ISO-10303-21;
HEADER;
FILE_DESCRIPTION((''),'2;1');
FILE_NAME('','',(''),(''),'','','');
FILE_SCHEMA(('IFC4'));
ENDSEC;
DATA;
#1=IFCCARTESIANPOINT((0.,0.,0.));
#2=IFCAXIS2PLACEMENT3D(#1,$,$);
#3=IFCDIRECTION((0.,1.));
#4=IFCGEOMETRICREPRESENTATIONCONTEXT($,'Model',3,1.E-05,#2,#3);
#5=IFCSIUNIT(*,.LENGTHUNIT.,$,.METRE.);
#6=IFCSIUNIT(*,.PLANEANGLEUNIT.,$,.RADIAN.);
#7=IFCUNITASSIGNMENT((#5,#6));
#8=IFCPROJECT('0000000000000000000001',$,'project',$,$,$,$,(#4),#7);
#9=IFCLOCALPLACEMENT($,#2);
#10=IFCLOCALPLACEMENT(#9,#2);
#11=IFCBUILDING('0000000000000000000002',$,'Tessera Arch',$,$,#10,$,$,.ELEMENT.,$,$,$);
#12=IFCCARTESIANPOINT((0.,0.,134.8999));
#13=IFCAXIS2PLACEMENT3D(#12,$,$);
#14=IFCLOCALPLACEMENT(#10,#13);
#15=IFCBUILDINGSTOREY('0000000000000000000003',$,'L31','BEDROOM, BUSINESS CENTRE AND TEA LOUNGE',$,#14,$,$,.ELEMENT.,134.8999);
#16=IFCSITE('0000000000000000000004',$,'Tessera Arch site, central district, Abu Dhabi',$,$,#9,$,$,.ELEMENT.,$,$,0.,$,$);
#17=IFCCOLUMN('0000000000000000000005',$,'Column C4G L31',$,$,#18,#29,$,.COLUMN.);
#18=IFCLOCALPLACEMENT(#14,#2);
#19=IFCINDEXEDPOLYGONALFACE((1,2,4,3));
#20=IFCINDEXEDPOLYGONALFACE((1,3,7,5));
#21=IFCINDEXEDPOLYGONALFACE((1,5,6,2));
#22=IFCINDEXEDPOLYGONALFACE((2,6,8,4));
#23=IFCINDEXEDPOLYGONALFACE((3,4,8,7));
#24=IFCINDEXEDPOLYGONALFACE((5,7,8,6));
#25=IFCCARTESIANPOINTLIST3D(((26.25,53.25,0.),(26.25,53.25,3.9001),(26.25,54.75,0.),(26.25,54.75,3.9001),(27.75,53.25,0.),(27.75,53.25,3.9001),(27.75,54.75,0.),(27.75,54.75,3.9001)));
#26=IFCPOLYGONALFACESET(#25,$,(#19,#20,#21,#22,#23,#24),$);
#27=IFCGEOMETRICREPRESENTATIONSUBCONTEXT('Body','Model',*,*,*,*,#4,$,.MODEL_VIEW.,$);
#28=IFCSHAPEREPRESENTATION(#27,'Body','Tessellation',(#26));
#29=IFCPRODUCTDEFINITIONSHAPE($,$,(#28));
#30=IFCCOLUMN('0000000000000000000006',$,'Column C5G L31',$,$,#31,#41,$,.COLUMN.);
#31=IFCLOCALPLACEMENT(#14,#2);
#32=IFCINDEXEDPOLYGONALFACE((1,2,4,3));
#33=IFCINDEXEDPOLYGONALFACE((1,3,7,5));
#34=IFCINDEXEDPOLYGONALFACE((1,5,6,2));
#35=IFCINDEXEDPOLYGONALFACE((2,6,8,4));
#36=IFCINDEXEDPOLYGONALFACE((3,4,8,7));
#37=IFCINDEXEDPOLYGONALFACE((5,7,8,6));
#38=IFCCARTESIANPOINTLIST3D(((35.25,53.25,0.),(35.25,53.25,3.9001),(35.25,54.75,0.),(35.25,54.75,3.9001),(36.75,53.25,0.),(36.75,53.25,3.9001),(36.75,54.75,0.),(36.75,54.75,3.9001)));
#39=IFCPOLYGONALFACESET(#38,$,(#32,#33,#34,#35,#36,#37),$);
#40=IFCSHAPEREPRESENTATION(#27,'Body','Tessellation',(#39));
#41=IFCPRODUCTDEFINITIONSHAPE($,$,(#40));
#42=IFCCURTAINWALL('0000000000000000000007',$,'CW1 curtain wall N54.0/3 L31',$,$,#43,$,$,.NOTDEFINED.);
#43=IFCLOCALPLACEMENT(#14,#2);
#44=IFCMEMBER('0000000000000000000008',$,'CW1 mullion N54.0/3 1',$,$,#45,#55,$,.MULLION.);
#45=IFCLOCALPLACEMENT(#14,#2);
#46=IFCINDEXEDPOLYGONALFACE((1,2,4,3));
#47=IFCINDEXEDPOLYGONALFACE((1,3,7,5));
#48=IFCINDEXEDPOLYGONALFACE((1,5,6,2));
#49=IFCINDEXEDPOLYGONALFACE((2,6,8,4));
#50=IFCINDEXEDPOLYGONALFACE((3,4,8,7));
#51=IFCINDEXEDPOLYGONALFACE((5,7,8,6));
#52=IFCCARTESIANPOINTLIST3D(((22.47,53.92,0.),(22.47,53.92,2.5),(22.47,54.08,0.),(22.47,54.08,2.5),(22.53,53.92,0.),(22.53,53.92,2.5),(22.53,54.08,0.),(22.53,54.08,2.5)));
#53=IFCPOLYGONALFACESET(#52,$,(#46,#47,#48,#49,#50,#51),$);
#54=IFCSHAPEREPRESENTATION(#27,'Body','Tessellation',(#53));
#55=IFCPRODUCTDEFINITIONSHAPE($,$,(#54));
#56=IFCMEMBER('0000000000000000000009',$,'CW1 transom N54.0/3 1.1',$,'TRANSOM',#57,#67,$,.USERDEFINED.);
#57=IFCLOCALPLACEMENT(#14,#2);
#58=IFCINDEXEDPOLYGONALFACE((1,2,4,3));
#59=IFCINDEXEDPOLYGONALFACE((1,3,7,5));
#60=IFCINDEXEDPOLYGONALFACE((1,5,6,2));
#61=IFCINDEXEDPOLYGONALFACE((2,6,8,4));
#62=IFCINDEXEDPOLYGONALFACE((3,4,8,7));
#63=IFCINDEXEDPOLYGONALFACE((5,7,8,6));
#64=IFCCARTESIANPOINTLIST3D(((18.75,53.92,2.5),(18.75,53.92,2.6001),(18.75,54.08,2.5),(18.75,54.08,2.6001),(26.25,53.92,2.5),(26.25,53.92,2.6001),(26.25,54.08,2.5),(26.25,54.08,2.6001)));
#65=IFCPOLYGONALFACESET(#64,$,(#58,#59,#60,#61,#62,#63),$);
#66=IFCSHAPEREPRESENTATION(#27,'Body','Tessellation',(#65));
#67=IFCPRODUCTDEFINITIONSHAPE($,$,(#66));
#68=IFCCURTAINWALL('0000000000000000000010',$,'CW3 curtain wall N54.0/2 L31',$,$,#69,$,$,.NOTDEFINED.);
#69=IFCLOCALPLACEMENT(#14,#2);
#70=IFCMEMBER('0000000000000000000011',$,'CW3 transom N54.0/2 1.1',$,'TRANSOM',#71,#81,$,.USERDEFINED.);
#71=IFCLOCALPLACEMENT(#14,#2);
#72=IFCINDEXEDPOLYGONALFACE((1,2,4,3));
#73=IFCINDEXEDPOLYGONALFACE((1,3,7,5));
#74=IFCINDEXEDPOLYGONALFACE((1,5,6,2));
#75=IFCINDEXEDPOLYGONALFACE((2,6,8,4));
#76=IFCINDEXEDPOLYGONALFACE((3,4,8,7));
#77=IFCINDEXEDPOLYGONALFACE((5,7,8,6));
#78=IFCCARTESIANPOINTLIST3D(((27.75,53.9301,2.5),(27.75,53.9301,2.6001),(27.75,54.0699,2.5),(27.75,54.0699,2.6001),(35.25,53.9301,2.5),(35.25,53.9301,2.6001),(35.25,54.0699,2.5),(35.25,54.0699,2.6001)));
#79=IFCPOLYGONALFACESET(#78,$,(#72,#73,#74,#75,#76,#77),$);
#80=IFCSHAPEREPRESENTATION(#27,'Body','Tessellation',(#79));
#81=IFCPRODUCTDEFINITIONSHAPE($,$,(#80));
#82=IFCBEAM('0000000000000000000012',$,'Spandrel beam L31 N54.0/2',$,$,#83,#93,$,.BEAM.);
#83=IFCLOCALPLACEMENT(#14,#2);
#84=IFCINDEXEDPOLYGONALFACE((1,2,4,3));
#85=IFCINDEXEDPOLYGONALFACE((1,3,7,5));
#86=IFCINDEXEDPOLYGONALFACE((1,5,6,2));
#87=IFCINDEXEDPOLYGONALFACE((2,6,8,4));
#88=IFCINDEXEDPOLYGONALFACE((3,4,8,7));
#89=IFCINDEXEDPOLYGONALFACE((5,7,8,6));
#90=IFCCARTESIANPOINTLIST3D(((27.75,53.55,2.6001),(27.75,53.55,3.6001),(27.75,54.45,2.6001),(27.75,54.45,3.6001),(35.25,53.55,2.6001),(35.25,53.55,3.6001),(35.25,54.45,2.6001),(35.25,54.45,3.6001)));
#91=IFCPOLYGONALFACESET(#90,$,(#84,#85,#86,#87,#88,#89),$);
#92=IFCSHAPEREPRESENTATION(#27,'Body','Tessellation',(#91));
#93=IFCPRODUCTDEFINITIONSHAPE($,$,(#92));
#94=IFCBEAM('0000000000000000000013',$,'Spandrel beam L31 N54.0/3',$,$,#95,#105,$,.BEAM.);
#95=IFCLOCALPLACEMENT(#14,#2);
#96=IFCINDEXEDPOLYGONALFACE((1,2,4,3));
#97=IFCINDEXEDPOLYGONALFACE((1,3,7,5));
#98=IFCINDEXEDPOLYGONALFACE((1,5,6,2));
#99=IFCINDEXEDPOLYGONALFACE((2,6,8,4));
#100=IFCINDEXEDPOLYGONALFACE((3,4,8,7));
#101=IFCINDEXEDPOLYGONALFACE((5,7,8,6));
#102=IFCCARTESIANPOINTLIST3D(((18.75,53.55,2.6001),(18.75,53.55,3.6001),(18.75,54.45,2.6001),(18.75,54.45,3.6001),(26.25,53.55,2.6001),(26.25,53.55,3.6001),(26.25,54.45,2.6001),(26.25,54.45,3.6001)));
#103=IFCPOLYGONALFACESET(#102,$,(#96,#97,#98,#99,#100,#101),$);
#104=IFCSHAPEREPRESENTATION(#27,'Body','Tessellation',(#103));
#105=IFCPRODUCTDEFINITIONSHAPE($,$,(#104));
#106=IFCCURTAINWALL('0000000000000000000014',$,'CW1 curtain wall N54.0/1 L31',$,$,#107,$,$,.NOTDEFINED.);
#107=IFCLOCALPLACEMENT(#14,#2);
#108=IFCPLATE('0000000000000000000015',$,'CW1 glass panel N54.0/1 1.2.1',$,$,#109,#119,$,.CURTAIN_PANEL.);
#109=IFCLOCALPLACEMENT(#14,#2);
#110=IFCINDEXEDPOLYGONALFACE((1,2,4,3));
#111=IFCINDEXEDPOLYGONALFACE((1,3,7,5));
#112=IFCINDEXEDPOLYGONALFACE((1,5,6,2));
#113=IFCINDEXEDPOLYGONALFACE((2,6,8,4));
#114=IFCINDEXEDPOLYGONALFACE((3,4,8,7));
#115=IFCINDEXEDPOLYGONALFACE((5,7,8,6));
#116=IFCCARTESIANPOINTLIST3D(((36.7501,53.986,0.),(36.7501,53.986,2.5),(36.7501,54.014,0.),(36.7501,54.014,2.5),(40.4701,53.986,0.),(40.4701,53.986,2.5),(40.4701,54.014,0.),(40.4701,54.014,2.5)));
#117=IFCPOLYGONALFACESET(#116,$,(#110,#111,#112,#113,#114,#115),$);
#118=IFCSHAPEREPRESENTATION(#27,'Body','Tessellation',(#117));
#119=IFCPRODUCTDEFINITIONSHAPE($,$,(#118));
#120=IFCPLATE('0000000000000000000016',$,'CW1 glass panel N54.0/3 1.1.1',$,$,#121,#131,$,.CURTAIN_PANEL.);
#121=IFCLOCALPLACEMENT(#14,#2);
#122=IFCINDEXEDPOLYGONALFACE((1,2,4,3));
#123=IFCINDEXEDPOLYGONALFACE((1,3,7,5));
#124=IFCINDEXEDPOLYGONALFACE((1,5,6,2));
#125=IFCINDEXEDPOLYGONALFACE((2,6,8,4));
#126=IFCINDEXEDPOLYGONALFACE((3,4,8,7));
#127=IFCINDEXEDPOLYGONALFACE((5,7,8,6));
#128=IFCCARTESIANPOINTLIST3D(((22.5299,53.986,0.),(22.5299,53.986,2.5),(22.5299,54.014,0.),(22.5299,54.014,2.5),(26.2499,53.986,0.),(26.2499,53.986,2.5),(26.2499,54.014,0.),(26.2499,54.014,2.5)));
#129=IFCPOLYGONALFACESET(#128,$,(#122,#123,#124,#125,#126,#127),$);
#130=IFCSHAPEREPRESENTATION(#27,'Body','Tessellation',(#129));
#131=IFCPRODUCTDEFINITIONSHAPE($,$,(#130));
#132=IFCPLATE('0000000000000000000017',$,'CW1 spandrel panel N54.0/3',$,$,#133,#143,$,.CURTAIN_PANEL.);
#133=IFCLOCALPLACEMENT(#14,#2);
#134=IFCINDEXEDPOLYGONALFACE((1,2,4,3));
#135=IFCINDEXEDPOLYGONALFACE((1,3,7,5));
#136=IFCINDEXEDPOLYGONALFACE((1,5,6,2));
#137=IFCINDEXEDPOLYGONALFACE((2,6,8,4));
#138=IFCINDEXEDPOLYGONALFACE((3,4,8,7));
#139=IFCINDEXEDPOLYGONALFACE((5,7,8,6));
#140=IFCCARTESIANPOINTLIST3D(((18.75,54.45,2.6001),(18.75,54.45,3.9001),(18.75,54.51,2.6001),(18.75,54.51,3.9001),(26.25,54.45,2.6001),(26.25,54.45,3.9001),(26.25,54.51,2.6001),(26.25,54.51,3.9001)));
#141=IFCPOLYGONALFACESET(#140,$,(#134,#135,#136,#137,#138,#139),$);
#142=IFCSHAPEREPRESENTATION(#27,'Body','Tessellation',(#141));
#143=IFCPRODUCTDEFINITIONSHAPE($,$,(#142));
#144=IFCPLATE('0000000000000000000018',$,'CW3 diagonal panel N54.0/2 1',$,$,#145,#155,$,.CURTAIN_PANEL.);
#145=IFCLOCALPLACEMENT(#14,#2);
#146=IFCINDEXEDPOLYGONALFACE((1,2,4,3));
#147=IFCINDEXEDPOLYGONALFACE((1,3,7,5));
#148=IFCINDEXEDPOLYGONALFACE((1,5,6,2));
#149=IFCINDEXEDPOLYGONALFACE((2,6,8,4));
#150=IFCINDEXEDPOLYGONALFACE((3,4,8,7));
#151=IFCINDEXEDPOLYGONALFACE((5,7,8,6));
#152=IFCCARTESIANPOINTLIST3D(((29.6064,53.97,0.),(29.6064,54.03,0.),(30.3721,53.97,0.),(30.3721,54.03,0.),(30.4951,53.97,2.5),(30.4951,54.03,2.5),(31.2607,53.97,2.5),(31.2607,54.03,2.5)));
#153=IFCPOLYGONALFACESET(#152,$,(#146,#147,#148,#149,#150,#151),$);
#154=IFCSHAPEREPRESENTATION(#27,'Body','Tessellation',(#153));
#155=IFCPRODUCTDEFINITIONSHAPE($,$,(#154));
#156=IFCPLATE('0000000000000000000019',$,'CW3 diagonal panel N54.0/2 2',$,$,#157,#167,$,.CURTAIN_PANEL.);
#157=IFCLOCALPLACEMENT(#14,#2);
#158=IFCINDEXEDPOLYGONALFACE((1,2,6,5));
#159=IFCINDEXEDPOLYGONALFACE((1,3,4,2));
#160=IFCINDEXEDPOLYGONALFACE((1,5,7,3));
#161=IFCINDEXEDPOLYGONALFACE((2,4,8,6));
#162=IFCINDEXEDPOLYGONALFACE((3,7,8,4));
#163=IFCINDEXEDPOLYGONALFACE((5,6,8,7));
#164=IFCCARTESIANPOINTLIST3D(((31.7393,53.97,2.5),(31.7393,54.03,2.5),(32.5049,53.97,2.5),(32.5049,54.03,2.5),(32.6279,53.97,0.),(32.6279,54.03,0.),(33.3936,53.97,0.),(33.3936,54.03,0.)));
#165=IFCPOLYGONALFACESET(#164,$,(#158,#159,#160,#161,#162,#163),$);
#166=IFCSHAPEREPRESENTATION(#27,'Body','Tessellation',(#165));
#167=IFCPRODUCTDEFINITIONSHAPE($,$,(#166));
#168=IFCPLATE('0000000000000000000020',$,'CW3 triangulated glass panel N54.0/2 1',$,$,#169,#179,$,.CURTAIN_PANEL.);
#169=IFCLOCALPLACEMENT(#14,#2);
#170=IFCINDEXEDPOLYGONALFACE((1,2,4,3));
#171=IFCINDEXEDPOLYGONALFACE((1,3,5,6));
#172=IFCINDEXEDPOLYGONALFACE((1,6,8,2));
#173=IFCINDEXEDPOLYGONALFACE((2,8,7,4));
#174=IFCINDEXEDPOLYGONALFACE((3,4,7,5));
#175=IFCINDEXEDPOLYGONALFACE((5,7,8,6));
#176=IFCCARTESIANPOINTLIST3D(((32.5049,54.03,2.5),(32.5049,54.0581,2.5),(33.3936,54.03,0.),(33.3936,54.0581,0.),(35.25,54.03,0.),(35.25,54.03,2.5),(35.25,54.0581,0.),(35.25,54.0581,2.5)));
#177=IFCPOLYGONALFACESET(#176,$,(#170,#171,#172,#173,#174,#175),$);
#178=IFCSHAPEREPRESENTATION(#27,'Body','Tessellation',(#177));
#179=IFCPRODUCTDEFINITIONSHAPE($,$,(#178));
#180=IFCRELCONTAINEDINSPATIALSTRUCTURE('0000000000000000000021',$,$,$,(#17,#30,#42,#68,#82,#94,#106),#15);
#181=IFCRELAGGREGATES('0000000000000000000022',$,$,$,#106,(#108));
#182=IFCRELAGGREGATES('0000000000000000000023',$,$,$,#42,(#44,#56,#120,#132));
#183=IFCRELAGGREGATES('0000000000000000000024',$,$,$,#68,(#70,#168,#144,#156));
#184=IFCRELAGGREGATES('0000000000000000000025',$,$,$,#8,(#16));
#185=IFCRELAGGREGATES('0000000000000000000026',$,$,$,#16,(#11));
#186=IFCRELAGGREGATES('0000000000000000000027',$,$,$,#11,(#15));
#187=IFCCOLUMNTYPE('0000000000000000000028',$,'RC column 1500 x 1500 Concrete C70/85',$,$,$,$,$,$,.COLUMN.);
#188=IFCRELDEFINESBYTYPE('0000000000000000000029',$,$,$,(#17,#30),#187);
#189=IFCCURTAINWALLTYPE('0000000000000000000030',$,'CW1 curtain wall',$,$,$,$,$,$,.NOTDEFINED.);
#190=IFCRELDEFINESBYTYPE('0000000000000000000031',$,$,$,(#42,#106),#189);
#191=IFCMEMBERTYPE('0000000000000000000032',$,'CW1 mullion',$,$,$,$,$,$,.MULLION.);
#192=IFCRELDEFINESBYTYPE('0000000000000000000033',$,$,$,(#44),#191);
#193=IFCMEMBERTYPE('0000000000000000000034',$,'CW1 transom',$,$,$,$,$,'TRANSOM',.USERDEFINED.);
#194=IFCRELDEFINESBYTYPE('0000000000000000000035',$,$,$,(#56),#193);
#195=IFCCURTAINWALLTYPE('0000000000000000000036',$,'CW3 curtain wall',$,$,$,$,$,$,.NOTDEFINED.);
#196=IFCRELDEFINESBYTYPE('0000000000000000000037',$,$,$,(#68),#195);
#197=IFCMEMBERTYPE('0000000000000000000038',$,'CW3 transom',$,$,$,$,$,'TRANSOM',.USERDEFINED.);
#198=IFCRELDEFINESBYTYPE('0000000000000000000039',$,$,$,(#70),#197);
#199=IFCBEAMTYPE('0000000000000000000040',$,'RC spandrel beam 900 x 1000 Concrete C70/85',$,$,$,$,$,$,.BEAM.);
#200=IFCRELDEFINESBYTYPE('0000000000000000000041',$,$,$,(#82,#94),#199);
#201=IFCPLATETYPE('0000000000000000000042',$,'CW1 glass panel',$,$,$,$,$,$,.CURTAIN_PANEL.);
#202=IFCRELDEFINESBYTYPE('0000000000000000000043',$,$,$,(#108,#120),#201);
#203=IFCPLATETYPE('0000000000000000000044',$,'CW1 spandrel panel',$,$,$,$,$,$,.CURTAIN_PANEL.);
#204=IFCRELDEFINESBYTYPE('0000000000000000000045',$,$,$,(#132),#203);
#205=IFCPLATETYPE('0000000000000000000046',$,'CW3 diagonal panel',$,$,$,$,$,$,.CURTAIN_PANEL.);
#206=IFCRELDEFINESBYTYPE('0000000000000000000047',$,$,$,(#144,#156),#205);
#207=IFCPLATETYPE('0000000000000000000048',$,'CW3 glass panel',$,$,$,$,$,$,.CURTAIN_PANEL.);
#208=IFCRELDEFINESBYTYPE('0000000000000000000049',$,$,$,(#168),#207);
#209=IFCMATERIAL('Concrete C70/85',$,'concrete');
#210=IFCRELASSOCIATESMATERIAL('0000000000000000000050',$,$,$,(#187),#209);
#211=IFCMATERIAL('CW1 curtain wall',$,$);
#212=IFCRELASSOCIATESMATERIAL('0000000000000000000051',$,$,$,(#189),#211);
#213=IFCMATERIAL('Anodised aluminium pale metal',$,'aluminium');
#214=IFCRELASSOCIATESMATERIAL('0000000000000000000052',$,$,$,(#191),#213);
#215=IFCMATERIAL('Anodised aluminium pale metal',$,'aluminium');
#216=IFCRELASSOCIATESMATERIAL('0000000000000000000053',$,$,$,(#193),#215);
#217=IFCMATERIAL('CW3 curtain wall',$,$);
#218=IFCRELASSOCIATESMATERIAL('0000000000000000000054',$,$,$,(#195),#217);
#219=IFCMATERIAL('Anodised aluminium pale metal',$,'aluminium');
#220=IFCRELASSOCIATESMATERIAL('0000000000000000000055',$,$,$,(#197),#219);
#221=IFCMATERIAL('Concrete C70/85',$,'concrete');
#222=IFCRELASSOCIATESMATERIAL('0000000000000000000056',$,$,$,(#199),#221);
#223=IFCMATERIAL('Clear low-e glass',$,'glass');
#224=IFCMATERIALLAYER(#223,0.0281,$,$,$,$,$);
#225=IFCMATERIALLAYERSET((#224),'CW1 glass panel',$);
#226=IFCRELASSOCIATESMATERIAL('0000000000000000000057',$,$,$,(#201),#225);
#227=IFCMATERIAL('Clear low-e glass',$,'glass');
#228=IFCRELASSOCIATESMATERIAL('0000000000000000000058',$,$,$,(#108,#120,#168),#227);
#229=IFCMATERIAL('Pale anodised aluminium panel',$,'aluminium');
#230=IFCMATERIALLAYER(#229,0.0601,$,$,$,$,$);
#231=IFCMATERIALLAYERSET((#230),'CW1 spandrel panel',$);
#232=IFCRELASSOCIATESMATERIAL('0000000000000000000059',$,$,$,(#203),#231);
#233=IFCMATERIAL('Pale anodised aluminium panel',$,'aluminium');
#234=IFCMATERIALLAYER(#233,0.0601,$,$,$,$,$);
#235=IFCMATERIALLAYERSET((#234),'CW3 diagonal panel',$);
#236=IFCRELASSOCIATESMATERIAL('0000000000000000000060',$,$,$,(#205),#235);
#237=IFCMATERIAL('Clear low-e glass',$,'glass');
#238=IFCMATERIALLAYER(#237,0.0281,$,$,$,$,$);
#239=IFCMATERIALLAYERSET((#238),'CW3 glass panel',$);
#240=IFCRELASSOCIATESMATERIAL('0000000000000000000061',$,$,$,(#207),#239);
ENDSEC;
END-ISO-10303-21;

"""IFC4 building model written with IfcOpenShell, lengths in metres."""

from ifc_helpers import new_model, si_unit, direction, frame, origin, origin_2d, place, context, subcontext, project, spatial, polyline, rectangle, outline, extrude, material, layer, layer_set, material_profile, profile_set, type_object, element, aggregate, save


model = new_model("IFC4")

# Units and contexts
model_context = context("Model", 3, precision=1e-05, world=origin(), true_north=direction((0.0, 1.0)))
body_context = subcontext(model_context, "Body", "Model", "MODEL_VIEW")
ifc_project = project(units=[si_unit("LENGTHUNIT", "METRE"), si_unit("PLANEANGLEUNIT", "RADIAN")], contexts=[model_context])

# Site, building, storey
site_placement = place(None, origin())
site = spatial("IfcSite", under=ifc_project, at=site_placement, Name="Tessera Arch site, central district, Abu Dhabi", CompositionType="ELEMENT", RefElevation=0.0)
building_placement = place(site_placement, origin())
building = spatial("IfcBuilding", under=site, at=building_placement, Name="Tessera Arch", CompositionType="ELEMENT")
storey_placement = place(building_placement, frame((0.0, 0.0, 134.8999)))
storey = spatial("IfcBuildingStorey", under=building, at=storey_placement, Name="L31", Description="BEDROOM, BUSINESS CENTRE AND TEA LOUNGE", CompositionType="ELEMENT", Elevation=134.8999)

# Columns
ifc_material_1 = material(Name="Concrete C70/85", Category="concrete")
ifc_material_profile_1 = material_profile(ifc_material_1, rectangle(XDim=1.5, YDim=1.5, at=origin_2d()), Name="RC column 1500 x 1500 Concrete C70/85")
ifc_profile_set_1 = profile_set([ifc_material_profile_1], Name="Concrete C70/85")
column_type = type_object("IfcColumnType", Name="RC column 1500 x 1500 Concrete C70/85", PredefinedType="COLUMN", material=ifc_profile_set_1)
for number, where, z_axis, x_axis, name in (
    (1, (27.0, 54.0, 0.0), (0.0, 0.0, 1.0), (1.0, 0.0, 0.0), "Column C4G L31"),
    (2, (36.0, 54.0, 0.0), (0.0, 0.0, 1.0), (1.0, 0.0, 0.0), "Column C5G L31"),
):
    element("IfcColumn", number, at=place(storey_placement, frame(where, z_axis=z_axis, x_axis=x_axis)), inside=storey, type_object=column_type, Name=name, PredefinedType="COLUMN", context=body_context, shape_type="SweptSolid", body=[
        extrude(rectangle(XDim=1.5, YDim=1.5, at=origin_2d()), origin(), (0.0, 0.0, 1.0), 3.9001),
    ])

# Curtain wall, members
ifc_material_2 = material(Name="CW1 curtain wall")
curtain_wall_type_1 = type_object("IfcCurtainWallType", Name="CW1 curtain wall", PredefinedType="NOTDEFINED", material=ifc_material_2)
curtain_wall_1_placement = place(storey_placement, origin())
curtain_wall_1 = element("IfcCurtainWall", 3, at=curtain_wall_1_placement, inside=storey, type_object=curtain_wall_type_1, Name="CW1 curtain wall N54.0/3 L31", PredefinedType="NOTDEFINED")
ifc_material_3 = material(Name="Anodised aluminium pale metal", Category="aluminium")
ifc_material_profile_2 = material_profile(ifc_material_3, rectangle(XDim=0.1599, YDim=0.0601, at=origin_2d()), Name="AL 60x160")
ifc_profile_set_2 = profile_set([ifc_material_profile_2], Name="Anodised aluminium pale metal")
member_type_1 = type_object("IfcMemberType", Name="CW1 mullion", PredefinedType="MULLION", material=ifc_profile_set_2)
member_1_placement = place(storey_placement, frame((22.5, 54.0, 0.0), z_axis=(0.0, 0.0, 1.0), x_axis=(0.0, -1.0, 0.0)))
member_1 = element("IfcMember", 4, at=member_1_placement, type_object=member_type_1, Name="CW1 mullion N54.0/3 1", PredefinedType="MULLION", context=body_context, shape_type="SweptSolid", body=[
    extrude(rectangle(XDim=0.1599, YDim=0.0601, at=origin_2d()), origin(), (0.0, 0.0, 1.0), 2.5),
])
ifc_material_4 = material(Name="Anodised aluminium pale metal", Category="aluminium")
ifc_material_profile_3 = material_profile(ifc_material_4, rectangle(XDim=0.1599, YDim=0.1001, at=origin_2d()), Name="AL 160x100")
ifc_profile_set_3 = profile_set([ifc_material_profile_3], Name="Anodised aluminium pale metal")
member_type_2 = type_object("IfcMemberType", Name="CW1 transom", ElementType="TRANSOM", PredefinedType="USERDEFINED", material=ifc_profile_set_3)
member_2_placement = place(storey_placement, frame((26.25, 54.0, 2.55), z_axis=(-1.0, 0.0, 0.0), x_axis=(0.0, -1.0, 0.0)))
member_2 = element("IfcMember", 5, at=member_2_placement, type_object=member_type_2, Name="CW1 transom N54.0/3 1.1", ObjectType="TRANSOM", PredefinedType="USERDEFINED", context=body_context, shape_type="SweptSolid", body=[
    extrude(rectangle(XDim=0.1599, YDim=0.1001, at=origin_2d()), origin(), (0.0, 0.0, 1.0), 7.5),
])

# Curtain wall, member
ifc_material_5 = material(Name="CW3 curtain wall")
curtain_wall_type_2 = type_object("IfcCurtainWallType", Name="CW3 curtain wall", PredefinedType="NOTDEFINED", material=ifc_material_5)
curtain_wall_2_placement = place(storey_placement, origin())
curtain_wall_2 = element("IfcCurtainWall", 6, at=curtain_wall_2_placement, inside=storey, type_object=curtain_wall_type_2, Name="CW3 curtain wall N54.0/2 L31", PredefinedType="NOTDEFINED")
ifc_material_6 = material(Name="Anodised aluminium pale metal", Category="aluminium")
ifc_material_profile_4 = material_profile(ifc_material_6, rectangle(XDim=0.1399, YDim=0.1001, at=origin_2d()), Name="AL 140x100")
ifc_profile_set_4 = profile_set([ifc_material_profile_4], Name="Anodised aluminium pale metal")
member_type_3 = type_object("IfcMemberType", Name="CW3 transom", ElementType="TRANSOM", PredefinedType="USERDEFINED", material=ifc_profile_set_4)
member_3_placement = place(storey_placement, frame((35.25, 54.0, 2.55), z_axis=(-1.0, 0.0, 0.0), x_axis=(0.0, -1.0, 0.0)))
member_3 = element("IfcMember", 7, at=member_3_placement, type_object=member_type_3, Name="CW3 transom N54.0/2 1.1", ObjectType="TRANSOM", PredefinedType="USERDEFINED", context=body_context, shape_type="SweptSolid", body=[
    extrude(rectangle(XDim=0.1399, YDim=0.1001, at=origin_2d()), origin(), (0.0, 0.0, 1.0), 7.5),
])

# Beams
ifc_material_7 = material(Name="Concrete C70/85", Category="concrete")
ifc_material_profile_5 = material_profile(ifc_material_7, rectangle(XDim=0.8999, YDim=1.0, at=origin_2d()), Name="RC spandrel beam 900 x 1000 Concrete C70/85")
ifc_profile_set_5 = profile_set([ifc_material_profile_5], Name="Concrete C70/85")
beam_type = type_object("IfcBeamType", Name="RC spandrel beam 900 x 1000 Concrete C70/85", PredefinedType="BEAM", material=ifc_profile_set_5)
for number, where, z_axis, x_axis, name in (
    (8, (35.25, 54.0, 3.1001), (-1.0, 0.0, 0.0), (0.0, -1.0, 0.0), "Spandrel beam L31 N54.0/2"),
    (9, (26.25, 54.0, 3.1001), (-1.0, 0.0, 0.0), (0.0, -1.0, 0.0), "Spandrel beam L31 N54.0/3"),
):
    element("IfcBeam", number, at=place(storey_placement, frame(where, z_axis=z_axis, x_axis=x_axis)), inside=storey, type_object=beam_type, Name=name, PredefinedType="BEAM", context=body_context, shape_type="SweptSolid", body=[
        extrude(rectangle(XDim=0.8999, YDim=1.0, at=origin_2d()), origin(), (0.0, 0.0, 1.0), 7.5),
    ])

# Curtain wall, plate
curtain_wall_3_placement = place(storey_placement, origin())
curtain_wall_3 = element("IfcCurtainWall", 10, at=curtain_wall_3_placement, inside=storey, type_object=curtain_wall_type_1, Name="CW1 curtain wall N54.0/1 L31", PredefinedType="NOTDEFINED")
ifc_material_8 = material(Name="Clear low-e glass", Category="glass")
ifc_material_9 = material(Name="Clear low-e glass", Category="glass")
ifc_layer_1 = layer(ifc_material_9, 0.0281)
ifc_layer_set_1 = layer_set([ifc_layer_1], Name="CW1 glass panel")
plate_type_1 = type_object("IfcPlateType", Name="CW1 glass panel", PredefinedType="CURTAIN_PANEL", material=ifc_layer_set_1)
plate_1_placement = place(storey_placement, frame((38.6101, 54.0, 0.0), z_axis=(0.0, 0.0, 1.0), x_axis=(-1.0, 0.0, 0.0)))
plate_1 = element("IfcPlate", 11, at=plate_1_placement, type_object=plate_type_1, material=ifc_material_8, Name="CW1 glass panel N54.0/1 1.2.1", PredefinedType="CURTAIN_PANEL", context=body_context, shape_type="SweptSolid", body=[
    extrude(rectangle(XDim=3.72, YDim=0.0281, at=origin_2d()), origin(), (0.0, 0.0, 1.0), 2.5),
])
aggregate(curtain_wall_3, [plate_1])

# Plates
plate_2_placement = place(storey_placement, frame((24.3899, 54.0, 0.0), z_axis=(0.0, 0.0, 1.0), x_axis=(-1.0, 0.0, 0.0)))
plate_2 = element("IfcPlate", 12, at=plate_2_placement, type_object=plate_type_1, material=ifc_material_8, Name="CW1 glass panel N54.0/3 1.1.1", PredefinedType="CURTAIN_PANEL", context=body_context, shape_type="SweptSolid", body=[
    extrude(rectangle(XDim=3.72, YDim=0.0281, at=origin_2d()), origin(), (0.0, 0.0, 1.0), 2.5),
])
ifc_material_10 = material(Name="Pale anodised aluminium panel", Category="aluminium")
ifc_layer_2 = layer(ifc_material_10, 0.0601)
ifc_layer_set_2 = layer_set([ifc_layer_2], Name="CW1 spandrel panel")
plate_type_2 = type_object("IfcPlateType", Name="CW1 spandrel panel", PredefinedType="CURTAIN_PANEL", material=ifc_layer_set_2)
plate_3_placement = place(storey_placement, frame((22.5, 54.48, 2.6001), z_axis=(0.0, 0.0, 1.0), x_axis=(-1.0, 0.0, 0.0)))
plate_3 = element("IfcPlate", 13, at=plate_3_placement, type_object=plate_type_2, Name="CW1 spandrel panel N54.0/3", PredefinedType="CURTAIN_PANEL", context=body_context, shape_type="SweptSolid", body=[
    extrude(rectangle(XDim=7.5, YDim=0.0601, at=origin_2d()), origin(), (0.0, 0.0, 1.0), 1.3),
])
aggregate(curtain_wall_1, [member_1, member_2, plate_2, plate_3])
ifc_material_11 = material(Name="Pale anodised aluminium panel", Category="aluminium")
ifc_layer_3 = layer(ifc_material_11, 0.0601)
ifc_layer_set_3 = layer_set([ifc_layer_3], Name="CW3 diagonal panel")
plate_type_3 = type_object("IfcPlateType", Name="CW3 diagonal panel", PredefinedType="CURTAIN_PANEL", material=ifc_layer_set_3)
plate_4_placement = place(storey_placement, frame((30.4951, 54.03, 2.5), z_axis=(0.0, 1.0, 0.0), x_axis=(1.0, 0.0, 0.0)))
plate_4 = element("IfcPlate", 14, at=plate_4_placement, type_object=plate_type_3, Name="CW3 diagonal panel N54.0/2 1", PredefinedType="CURTAIN_PANEL", context=body_context, shape_type="SweptSolid", body=[
    extrude(outline(polyline([(0.0, 0.0), (0.7656, 0.0), (-0.123, 2.5), (-0.8887, 2.5), (0.0, 0.0)])), origin(), (0.0, 0.0, -1.0), 0.0601),
])
plate_5_placement = place(storey_placement, frame((31.7393, 54.03, 2.5), z_axis=(0.0, 1.0, 0.0), x_axis=(1.0, 0.0, 0.0)))
plate_5 = element("IfcPlate", 15, at=plate_5_placement, type_object=plate_type_3, Name="CW3 diagonal panel N54.0/2 2", PredefinedType="CURTAIN_PANEL", context=body_context, shape_type="SweptSolid", body=[
    extrude(outline(polyline([(0.0, 0.0), (0.7656, 0.0), (1.6543, 2.5), (0.8887, 2.5), (0.0, 0.0)])), origin(), (0.0, 0.0, -1.0), 0.0601),
])
ifc_material_12 = material(Name="Clear low-e glass", Category="glass")
ifc_layer_4 = layer(ifc_material_12, 0.0281)
ifc_layer_set_4 = layer_set([ifc_layer_4], Name="CW3 glass panel")
plate_type_4 = type_object("IfcPlateType", Name="CW3 glass panel", PredefinedType="CURTAIN_PANEL", material=ifc_layer_set_4)
plate_6_placement = place(storey_placement, frame((35.25, 54.0581, 0.0), z_axis=(0.0, 1.0, 0.0), x_axis=(-1.0, 0.0, 0.0)))
plate_6 = element("IfcPlate", 16, at=plate_6_placement, type_object=plate_type_4, material=ifc_material_8, Name="CW3 triangulated glass panel N54.0/2 1", PredefinedType="CURTAIN_PANEL", context=body_context, shape_type="SweptSolid", body=[
    extrude(outline(polyline([(0.0, 0.0), (1.8564, 0.0), (2.7451, 2.5), (0.0, 2.5), (0.0, 0.0)])), origin(), (0.0, 0.0, -1.0), 0.0281),
])
aggregate(curtain_wall_2, [member_3, plate_6, plate_4, plate_5])

save(model, "model.ifc")
